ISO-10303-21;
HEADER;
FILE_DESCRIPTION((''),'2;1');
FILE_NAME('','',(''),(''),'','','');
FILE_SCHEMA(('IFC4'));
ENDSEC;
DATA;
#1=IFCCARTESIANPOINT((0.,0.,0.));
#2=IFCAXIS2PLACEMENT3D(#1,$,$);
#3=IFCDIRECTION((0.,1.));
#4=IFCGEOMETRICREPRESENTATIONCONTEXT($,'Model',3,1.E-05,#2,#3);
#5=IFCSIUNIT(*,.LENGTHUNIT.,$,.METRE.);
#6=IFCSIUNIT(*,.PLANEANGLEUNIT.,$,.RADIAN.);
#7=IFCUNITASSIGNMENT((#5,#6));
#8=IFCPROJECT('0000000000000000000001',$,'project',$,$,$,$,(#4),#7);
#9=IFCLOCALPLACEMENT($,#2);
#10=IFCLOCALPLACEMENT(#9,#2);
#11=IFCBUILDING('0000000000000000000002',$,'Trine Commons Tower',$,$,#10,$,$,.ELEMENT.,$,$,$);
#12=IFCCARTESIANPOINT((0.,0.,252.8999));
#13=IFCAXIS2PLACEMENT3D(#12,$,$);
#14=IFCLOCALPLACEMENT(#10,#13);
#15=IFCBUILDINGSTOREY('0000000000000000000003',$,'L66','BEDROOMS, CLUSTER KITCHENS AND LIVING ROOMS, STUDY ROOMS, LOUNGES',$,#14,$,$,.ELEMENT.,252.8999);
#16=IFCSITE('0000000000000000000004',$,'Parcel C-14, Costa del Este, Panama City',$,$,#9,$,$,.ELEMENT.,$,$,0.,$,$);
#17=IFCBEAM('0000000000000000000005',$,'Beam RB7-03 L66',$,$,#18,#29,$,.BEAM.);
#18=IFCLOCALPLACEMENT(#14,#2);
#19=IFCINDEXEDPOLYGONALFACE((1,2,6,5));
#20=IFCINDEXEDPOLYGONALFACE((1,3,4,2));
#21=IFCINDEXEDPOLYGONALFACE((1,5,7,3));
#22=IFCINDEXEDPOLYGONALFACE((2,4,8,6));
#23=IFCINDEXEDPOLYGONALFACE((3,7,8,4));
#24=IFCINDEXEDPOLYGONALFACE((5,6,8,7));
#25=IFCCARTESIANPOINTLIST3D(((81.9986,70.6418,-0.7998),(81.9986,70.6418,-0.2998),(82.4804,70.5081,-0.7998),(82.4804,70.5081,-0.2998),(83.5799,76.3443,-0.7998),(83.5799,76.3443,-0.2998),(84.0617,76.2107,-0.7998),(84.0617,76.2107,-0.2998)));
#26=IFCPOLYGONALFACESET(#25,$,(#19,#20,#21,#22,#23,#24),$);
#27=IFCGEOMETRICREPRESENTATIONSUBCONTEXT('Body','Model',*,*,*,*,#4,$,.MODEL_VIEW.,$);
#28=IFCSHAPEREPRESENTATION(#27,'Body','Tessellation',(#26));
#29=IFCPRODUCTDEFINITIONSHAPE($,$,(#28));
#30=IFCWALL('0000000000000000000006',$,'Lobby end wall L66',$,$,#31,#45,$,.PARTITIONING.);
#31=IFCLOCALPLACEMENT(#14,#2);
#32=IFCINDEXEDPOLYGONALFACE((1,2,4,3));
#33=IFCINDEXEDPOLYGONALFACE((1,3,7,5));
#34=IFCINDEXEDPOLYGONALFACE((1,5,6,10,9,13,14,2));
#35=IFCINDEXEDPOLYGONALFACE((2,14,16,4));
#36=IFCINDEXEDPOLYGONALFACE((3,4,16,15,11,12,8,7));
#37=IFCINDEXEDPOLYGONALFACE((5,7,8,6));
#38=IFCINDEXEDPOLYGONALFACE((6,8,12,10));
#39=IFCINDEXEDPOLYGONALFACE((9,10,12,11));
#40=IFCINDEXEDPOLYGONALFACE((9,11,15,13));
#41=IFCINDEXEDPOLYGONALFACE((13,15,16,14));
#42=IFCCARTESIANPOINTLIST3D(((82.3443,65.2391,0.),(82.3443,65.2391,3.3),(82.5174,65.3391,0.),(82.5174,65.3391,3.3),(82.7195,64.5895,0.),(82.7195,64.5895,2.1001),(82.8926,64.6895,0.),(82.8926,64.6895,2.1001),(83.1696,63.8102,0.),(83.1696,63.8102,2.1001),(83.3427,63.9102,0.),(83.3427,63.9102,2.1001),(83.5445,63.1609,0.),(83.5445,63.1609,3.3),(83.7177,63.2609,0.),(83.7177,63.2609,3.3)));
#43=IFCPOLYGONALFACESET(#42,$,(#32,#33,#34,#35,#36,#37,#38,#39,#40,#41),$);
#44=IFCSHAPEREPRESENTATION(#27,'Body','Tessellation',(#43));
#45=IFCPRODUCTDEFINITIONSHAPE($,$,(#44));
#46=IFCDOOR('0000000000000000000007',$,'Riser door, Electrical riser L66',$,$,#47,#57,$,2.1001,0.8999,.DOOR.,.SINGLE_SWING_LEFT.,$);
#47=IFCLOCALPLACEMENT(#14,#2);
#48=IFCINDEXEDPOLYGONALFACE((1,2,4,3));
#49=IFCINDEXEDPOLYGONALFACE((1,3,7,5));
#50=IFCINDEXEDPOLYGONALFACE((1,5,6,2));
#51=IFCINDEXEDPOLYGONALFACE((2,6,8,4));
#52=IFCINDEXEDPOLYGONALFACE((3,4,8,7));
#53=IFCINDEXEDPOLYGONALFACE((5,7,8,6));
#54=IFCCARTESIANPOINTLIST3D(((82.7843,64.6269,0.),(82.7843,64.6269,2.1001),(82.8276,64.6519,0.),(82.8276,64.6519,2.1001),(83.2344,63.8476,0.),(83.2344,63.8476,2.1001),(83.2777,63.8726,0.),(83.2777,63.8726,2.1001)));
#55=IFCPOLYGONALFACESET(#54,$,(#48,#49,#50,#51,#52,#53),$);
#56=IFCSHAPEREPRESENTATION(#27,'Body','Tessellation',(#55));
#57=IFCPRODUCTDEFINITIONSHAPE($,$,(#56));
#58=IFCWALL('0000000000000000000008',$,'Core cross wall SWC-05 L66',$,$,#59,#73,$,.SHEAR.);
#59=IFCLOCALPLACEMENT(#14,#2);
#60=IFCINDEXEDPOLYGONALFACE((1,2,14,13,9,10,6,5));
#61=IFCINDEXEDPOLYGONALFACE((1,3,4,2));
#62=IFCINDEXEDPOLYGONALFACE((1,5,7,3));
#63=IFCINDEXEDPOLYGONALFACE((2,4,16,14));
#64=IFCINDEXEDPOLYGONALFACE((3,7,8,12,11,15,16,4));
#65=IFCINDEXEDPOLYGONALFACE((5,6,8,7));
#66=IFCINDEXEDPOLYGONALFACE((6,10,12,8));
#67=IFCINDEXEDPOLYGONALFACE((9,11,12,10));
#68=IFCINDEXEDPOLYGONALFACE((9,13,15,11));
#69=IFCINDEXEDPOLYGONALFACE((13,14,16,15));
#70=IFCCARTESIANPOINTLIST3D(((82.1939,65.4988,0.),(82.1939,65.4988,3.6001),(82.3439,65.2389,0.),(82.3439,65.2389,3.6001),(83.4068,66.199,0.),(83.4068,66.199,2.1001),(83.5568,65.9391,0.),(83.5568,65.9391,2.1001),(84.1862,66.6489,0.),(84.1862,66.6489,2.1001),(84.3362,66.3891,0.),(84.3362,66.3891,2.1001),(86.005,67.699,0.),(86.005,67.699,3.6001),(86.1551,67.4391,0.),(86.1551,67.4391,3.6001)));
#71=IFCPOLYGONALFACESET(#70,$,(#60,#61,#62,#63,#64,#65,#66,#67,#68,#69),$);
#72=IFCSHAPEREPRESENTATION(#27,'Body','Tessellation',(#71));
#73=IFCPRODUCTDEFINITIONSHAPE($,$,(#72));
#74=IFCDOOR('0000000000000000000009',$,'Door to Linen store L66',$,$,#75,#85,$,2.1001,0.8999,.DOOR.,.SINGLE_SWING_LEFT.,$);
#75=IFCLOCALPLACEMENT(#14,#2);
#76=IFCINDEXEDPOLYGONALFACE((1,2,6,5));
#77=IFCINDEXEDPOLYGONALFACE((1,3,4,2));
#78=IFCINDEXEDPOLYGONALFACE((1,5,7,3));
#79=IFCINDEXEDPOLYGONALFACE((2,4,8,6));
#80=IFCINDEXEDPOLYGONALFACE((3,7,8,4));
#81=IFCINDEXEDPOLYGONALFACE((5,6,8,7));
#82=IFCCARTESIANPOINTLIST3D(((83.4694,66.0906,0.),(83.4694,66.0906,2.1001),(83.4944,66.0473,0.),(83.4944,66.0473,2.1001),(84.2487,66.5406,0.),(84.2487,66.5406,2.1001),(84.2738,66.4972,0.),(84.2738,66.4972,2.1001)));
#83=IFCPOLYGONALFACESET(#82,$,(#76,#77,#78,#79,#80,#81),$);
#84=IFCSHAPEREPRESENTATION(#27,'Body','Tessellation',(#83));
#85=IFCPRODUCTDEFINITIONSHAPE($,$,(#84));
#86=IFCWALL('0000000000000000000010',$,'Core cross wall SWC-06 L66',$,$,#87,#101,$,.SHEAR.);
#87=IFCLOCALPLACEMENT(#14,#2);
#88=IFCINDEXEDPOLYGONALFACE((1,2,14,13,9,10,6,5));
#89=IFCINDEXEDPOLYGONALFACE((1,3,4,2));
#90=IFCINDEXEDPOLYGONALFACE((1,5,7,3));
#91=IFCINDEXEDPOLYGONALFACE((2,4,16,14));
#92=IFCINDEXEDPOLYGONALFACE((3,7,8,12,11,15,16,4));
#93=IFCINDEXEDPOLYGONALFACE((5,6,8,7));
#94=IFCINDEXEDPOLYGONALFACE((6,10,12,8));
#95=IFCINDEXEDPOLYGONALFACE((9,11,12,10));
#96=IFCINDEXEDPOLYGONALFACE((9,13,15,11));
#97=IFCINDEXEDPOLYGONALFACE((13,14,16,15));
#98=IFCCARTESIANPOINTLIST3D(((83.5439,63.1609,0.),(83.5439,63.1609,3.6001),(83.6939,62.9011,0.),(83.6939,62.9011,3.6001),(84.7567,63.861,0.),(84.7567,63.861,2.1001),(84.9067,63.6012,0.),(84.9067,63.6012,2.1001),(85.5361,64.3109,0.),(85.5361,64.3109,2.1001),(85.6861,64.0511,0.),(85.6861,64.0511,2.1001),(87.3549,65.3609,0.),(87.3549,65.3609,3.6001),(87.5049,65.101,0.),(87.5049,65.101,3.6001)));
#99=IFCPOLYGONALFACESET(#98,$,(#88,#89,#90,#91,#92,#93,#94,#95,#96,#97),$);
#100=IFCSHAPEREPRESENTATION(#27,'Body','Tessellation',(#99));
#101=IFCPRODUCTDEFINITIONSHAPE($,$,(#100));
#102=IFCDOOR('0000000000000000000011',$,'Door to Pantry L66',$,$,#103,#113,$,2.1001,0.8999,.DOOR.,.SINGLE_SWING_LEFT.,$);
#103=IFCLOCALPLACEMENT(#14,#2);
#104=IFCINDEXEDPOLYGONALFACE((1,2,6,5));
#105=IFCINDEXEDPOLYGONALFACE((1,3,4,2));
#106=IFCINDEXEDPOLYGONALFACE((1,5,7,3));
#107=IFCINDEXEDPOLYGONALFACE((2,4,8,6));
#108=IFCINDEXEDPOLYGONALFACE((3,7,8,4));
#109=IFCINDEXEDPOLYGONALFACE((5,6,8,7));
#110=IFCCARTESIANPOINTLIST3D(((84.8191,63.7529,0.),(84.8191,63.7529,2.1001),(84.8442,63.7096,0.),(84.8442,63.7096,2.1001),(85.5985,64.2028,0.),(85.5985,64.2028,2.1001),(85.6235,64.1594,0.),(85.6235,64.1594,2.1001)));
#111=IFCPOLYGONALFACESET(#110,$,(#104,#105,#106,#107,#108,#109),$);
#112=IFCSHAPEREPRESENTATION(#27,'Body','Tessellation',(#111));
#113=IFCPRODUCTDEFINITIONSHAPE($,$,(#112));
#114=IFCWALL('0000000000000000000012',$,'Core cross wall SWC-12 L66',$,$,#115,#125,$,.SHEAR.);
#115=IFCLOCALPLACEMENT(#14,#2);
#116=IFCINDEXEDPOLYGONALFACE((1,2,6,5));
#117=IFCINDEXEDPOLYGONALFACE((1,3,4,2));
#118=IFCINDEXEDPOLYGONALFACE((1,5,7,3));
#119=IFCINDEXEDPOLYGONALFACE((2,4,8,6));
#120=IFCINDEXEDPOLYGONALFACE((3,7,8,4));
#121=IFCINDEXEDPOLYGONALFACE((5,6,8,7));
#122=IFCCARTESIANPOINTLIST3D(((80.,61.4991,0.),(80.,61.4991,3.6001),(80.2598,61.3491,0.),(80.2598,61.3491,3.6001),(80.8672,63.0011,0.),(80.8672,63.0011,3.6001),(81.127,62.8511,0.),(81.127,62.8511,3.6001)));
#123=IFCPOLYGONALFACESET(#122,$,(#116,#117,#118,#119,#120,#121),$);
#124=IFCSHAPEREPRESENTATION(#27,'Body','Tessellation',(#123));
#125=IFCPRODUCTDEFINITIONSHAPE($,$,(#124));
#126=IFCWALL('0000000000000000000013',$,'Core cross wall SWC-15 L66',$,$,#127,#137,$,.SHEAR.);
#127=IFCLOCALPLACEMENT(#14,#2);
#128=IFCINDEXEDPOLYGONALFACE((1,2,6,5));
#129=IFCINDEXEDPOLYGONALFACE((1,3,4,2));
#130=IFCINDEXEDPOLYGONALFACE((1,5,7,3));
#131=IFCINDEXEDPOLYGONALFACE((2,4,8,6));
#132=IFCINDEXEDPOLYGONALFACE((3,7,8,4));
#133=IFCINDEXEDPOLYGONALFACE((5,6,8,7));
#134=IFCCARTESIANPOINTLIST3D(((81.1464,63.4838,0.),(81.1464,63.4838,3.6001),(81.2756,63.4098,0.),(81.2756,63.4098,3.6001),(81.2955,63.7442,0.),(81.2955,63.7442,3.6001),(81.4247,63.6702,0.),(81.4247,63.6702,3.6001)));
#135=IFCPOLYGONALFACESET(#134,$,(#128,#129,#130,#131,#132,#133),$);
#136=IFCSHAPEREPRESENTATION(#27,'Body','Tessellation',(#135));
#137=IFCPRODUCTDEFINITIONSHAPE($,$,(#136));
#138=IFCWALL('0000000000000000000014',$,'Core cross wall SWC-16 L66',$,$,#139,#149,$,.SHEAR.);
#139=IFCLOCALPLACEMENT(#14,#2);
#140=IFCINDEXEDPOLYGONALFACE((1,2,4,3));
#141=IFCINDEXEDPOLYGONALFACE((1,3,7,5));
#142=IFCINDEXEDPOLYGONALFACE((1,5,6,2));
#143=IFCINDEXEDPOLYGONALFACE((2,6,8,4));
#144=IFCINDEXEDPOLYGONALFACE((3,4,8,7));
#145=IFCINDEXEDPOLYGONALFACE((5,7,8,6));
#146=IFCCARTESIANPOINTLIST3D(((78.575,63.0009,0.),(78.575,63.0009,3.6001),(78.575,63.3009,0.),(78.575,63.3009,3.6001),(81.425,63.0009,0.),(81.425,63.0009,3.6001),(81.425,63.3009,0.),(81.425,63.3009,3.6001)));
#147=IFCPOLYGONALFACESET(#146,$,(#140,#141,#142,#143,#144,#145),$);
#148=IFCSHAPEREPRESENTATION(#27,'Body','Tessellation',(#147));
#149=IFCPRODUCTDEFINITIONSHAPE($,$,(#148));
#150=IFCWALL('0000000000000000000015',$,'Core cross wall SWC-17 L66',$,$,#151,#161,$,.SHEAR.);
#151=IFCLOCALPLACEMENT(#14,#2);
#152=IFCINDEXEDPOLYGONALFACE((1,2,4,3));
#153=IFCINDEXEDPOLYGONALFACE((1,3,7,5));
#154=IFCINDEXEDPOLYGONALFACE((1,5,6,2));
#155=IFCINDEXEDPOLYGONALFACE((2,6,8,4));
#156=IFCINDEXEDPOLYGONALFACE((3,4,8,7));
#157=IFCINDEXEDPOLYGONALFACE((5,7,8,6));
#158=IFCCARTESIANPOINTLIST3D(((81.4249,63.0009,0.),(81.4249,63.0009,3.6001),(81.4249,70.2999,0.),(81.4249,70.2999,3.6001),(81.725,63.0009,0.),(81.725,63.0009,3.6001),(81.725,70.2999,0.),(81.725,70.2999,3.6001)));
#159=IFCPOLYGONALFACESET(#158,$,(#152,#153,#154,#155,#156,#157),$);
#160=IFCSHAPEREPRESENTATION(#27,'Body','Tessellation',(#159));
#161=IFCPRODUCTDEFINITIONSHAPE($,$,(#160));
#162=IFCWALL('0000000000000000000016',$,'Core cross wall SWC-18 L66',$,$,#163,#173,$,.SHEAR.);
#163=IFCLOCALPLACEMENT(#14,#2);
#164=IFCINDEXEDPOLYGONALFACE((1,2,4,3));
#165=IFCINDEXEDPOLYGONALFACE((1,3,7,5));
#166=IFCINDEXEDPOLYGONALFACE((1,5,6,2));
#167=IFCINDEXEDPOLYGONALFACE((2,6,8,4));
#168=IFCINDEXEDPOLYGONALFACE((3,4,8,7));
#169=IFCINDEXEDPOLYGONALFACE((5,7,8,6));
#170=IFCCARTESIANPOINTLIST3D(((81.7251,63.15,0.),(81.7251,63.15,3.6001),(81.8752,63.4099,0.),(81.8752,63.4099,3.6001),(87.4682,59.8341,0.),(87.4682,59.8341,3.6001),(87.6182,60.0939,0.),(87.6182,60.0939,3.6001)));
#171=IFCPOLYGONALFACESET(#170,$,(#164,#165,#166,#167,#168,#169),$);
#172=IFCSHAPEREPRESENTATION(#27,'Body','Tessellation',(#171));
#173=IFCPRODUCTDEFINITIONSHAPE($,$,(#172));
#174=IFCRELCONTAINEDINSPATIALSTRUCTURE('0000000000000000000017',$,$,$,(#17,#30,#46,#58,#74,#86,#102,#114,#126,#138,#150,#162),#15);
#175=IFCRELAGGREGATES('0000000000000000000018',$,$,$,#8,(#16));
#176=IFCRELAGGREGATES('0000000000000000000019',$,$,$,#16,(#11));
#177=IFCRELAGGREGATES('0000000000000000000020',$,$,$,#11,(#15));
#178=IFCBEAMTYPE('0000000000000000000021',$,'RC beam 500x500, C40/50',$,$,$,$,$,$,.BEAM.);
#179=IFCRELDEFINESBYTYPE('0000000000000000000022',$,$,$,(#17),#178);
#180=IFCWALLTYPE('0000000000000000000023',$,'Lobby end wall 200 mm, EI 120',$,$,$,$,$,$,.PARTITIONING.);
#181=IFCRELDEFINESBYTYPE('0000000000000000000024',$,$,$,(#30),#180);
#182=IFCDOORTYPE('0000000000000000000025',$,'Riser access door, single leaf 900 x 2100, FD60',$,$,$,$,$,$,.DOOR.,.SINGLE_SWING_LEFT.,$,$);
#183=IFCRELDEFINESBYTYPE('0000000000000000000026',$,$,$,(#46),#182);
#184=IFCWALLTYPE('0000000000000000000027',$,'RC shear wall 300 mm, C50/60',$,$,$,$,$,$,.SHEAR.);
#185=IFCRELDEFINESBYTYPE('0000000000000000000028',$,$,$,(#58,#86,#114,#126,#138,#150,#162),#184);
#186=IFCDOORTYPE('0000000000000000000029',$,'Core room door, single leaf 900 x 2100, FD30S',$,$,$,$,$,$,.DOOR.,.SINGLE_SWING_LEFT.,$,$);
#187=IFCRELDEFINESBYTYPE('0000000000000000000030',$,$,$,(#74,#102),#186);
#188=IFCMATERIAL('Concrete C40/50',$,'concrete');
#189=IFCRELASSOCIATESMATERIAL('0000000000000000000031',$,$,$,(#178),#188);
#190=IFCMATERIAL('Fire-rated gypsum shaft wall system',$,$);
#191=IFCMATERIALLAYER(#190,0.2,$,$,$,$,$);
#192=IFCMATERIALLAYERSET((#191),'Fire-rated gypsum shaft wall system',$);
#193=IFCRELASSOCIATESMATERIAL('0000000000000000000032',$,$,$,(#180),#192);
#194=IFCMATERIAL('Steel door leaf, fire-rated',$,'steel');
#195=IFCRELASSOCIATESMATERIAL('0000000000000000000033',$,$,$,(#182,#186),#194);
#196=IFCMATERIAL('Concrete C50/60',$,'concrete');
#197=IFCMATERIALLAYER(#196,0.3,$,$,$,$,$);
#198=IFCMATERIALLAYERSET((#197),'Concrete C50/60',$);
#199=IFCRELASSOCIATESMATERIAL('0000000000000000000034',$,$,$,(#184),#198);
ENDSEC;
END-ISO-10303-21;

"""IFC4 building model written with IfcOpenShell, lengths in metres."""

from ifc_helpers import new_model, si_unit, direction, frame, frame_2d, origin, origin_2d, place, context, subcontext, project, spatial, rectangle, extrude, material, layer, layer_set, material_profile, profile_set, type_object, element, fill, save


model = new_model("IFC4")

# Units and contexts
model_context = context("Model", 3, precision=1e-05, world=origin(), true_north=direction((0.0, 1.0)))
body_context = subcontext(model_context, "Body", "Model", "MODEL_VIEW")
ifc_project = project(units=[si_unit("LENGTHUNIT", "METRE"), si_unit("PLANEANGLEUNIT", "RADIAN")], contexts=[model_context])

# Site, building, storey
site_placement = place(None, origin())
site = spatial("IfcSite", under=ifc_project, at=site_placement, Name="Parcel C-14, Costa del Este, Panama City", CompositionType="ELEMENT", RefElevation=0.0)
building_placement = place(site_placement, origin())
building = spatial("IfcBuilding", under=site, at=building_placement, Name="Trine Commons Tower", CompositionType="ELEMENT")
storey_placement = place(building_placement, frame((0.0, 0.0, 252.8999)))
storey = spatial("IfcBuildingStorey", under=building, at=storey_placement, Name="L66", Description="BEDROOMS, CLUSTER KITCHENS AND LIVING ROOMS, STUDY ROOMS, LOUNGES", CompositionType="ELEMENT", Elevation=252.8999)

# Beam
ifc_material_1 = material(Name="Concrete C40/50", Category="concrete")
ifc_material_profile = material_profile(ifc_material_1, rectangle(XDim=0.5, YDim=0.5, at=origin_2d()), Name="RC 500x500")
ifc_profile_set = profile_set([ifc_material_profile], Name="Concrete C40/50")
beam_type = type_object("IfcBeamType", Name="RC beam 500x500, C40/50", PredefinedType="BEAM", material=ifc_profile_set)
beam_placement = place(storey_placement, frame((82.2395, 70.575, -0.5498), z_axis=(0.26721, 0.963638, 0.0), x_axis=(-0.963638, 0.26721, 0.0)))
element("IfcBeam", 1, at=beam_placement, inside=storey, type_object=beam_type, Name="Beam RB7-03 L66", PredefinedType="BEAM", context=body_context, shape_type="SweptSolid", body=[
    extrude(rectangle(XDim=0.5, YDim=0.5, at=origin_2d()), origin(), (0.0, 0.0, 1.0), 5.9177),
])

# Walls, openings, doors
ifc_material_2 = material(Name="Fire-rated gypsum shaft wall system")
ifc_layer_1 = layer(ifc_material_2, 0.2)
ifc_layer_set_1 = layer_set([ifc_layer_1], Name="Fire-rated gypsum shaft wall system")
wall_type_1 = type_object("IfcWallType", Name="Lobby end wall 200 mm, EI 120", PredefinedType="PARTITIONING", material=ifc_layer_set_1)
wall_1_placement = place(storey_placement, frame((83.6311, 63.2109, 0.0), z_axis=(0.0, 0.0, 1.0), x_axis=(-0.500122, 0.865955, 0.0)))
wall_1 = element("IfcWall", 2, at=wall_1_placement, inside=storey, type_object=wall_type_1, Name="Lobby end wall L66", PredefinedType="PARTITIONING", context=body_context, shape_type="SweptSolid", body=[
    extrude(rectangle(XDim=2.3999, YDim=0.2, at=frame_2d((1.2, 0.0))), origin(), (0.0, 0.0, 1.0), 3.3),
])
opening_1_placement = place(wall_1_placement, frame((0.7498, 0.0, 0.0)))
opening_1 = element("IfcOpeningElement", 3, at=opening_1_placement, cuts=wall_1, PredefinedType="OPENING", context=body_context, shape_type="SweptSolid", body=[
    extrude(rectangle(XDim=0.8999, YDim=2.1001, at=frame_2d((0.45, 1.05))), frame((0.0, 0.1099, 0.0), z_axis=(0.0, -1.0, 0.0), x_axis=(1.0, 0.0, 0.0)), (0.0, 0.0, 1.0), 0.22),
])
ifc_material_3 = material(Name="Steel door leaf, fire-rated", Category="steel")
door_type_1 = type_object("IfcDoorType", Name="Riser access door, single leaf 900 x 2100, FD60", OperationType="SINGLE_SWING_LEFT", PredefinedType="DOOR", material=ifc_material_3)
door_1_placement = place(opening_1_placement, frame((0.8999, 0.0, 0.0), z_axis=(0.0, 0.0, 1.0), x_axis=(-1.0, 0.0, 0.0)))
door_1 = element("IfcDoor", 4, at=door_1_placement, inside=storey, type_object=door_type_1, Name="Riser door, Electrical riser L66", OperationType="SINGLE_SWING_LEFT", OverallHeight=2.1001, OverallWidth=0.8999, PredefinedType="DOOR", context=body_context, shape_type="SweptSolid", body=[
    extrude(rectangle(XDim=0.8999, YDim=2.1001, at=frame_2d((0.45, 1.05))), frame((0.0, 0.0249, 0.0), z_axis=(0.0, -1.0, 0.0), x_axis=(1.0, 0.0, 0.0)), (0.0, 0.0, 1.0), 0.05),
])
fill(opening_1, door_1)
ifc_material_4 = material(Name="Concrete C50/60", Category="concrete")
ifc_layer_2 = layer(ifc_material_4, 0.3)
ifc_layer_set_2 = layer_set([ifc_layer_2], Name="Concrete C50/60")
wall_type_2 = type_object("IfcWallType", Name="RC shear wall 300 mm, C50/60", PredefinedType="SHEAR", material=ifc_layer_set_2)
wall_2_placement = place(storey_placement, frame((82.269, 65.3689, 0.0), z_axis=(0.0, 0.0, 1.0), x_axis=(0.866036, 0.499982, 0.0)))
wall_2 = element("IfcWall", 5, at=wall_2_placement, inside=storey, type_object=wall_type_2, Name="Core cross wall SWC-05 L66", PredefinedType="SHEAR", context=body_context, shape_type="SweptSolid", body=[
    extrude(rectangle(XDim=4.4006, YDim=0.3, at=frame_2d((2.2002, 0.0))), origin(), (0.0, 0.0, 1.0), 3.6001),
])
opening_2_placement = place(wall_2_placement, frame((1.4004, 0.0, 0.0)))
opening_2 = element("IfcOpeningElement", 6, at=opening_2_placement, cuts=wall_2, PredefinedType="OPENING", context=body_context, shape_type="SweptSolid", body=[
    extrude(rectangle(XDim=0.8999, YDim=2.1001, at=frame_2d((0.45, 1.05))), frame((0.0, 0.1599, 0.0), z_axis=(0.0, -1.0, 0.0), x_axis=(1.0, 0.0, 0.0)), (0.0, 0.0, 1.0), 0.3201),
])
door_type_2 = type_object("IfcDoorType", Name="Core room door, single leaf 900 x 2100, FD30S", OperationType="SINGLE_SWING_LEFT", PredefinedType="DOOR", material=ifc_material_3)
door_2_placement = place(opening_2_placement, origin())
door_2 = element("IfcDoor", 7, at=door_2_placement, inside=storey, type_object=door_type_2, Name="Door to Linen store L66", OperationType="SINGLE_SWING_LEFT", OverallHeight=2.1001, OverallWidth=0.8999, PredefinedType="DOOR", context=body_context, shape_type="SweptSolid", body=[
    extrude(rectangle(XDim=0.8999, YDim=2.1001, at=frame_2d((0.45, 1.05))), frame((0.0, 0.0249, 0.0), z_axis=(0.0, -1.0, 0.0), x_axis=(1.0, 0.0, 0.0)), (0.0, 0.0, 1.0), 0.05),
])
fill(opening_2, door_2)
wall_3_placement = place(storey_placement, frame((83.6189, 63.031, 0.0), z_axis=(0.0, 0.0, 1.0), x_axis=(0.86606, 0.49994, 0.0)))
wall_3 = element("IfcWall", 8, at=wall_3_placement, inside=storey, type_object=wall_type_2, Name="Core cross wall SWC-06 L66", PredefinedType="SHEAR", context=body_context, shape_type="SweptSolid", body=[
    extrude(rectangle(XDim=4.4004, YDim=0.3, at=frame_2d((2.2002, 0.0))), origin(), (0.0, 0.0, 1.0), 3.6001),
])
opening_3_placement = place(wall_3_placement, frame((1.4004, 0.0, 0.0)))
opening_3 = element("IfcOpeningElement", 9, at=opening_3_placement, cuts=wall_3, PredefinedType="OPENING", context=body_context, shape_type="SweptSolid", body=[
    extrude(rectangle(XDim=0.8999, YDim=2.1001, at=frame_2d((0.45, 1.05))), frame((0.0, 0.1599, 0.0), z_axis=(0.0, -1.0, 0.0), x_axis=(1.0, 0.0, 0.0)), (0.0, 0.0, 1.0), 0.3201),
])
door_3_placement = place(opening_3_placement, frame((0.8999, 0.0, 0.0), z_axis=(0.0, 0.0, 1.0), x_axis=(-1.0, 0.0, 0.0)))
door_3 = element("IfcDoor", 10, at=door_3_placement, inside=storey, type_object=door_type_2, Name="Door to Pantry L66", OperationType="SINGLE_SWING_LEFT", OverallHeight=2.1001, OverallWidth=0.8999, PredefinedType="DOOR", context=body_context, shape_type="SweptSolid", body=[
    extrude(rectangle(XDim=0.8999, YDim=2.1001, at=frame_2d((0.45, 1.05))), frame((0.0, 0.0249, 0.0), z_axis=(0.0, -1.0, 0.0), x_axis=(1.0, 0.0, 0.0)), (0.0, 0.0, 1.0), 0.05),
])
fill(opening_3, door_3)

# Walls
wall_4_placement = place(storey_placement, frame((80.1299, 61.4241, 0.0), z_axis=(0.0, 0.0, 1.0), x_axis=(0.500015, 0.866017, 0.0)))
element("IfcWall", 11, at=wall_4_placement, inside=storey, type_object=wall_type_2, Name="Core cross wall SWC-12 L66", PredefinedType="SHEAR", context=body_context, shape_type="SweptSolid", body=[
    extrude(rectangle(XDim=1.7344, YDim=0.3, at=frame_2d((0.8672, 0.0))), origin(), (0.0, 0.0, 1.0), 3.6001),
])
wall_5_placement = place(storey_placement, frame((81.2209, 63.614, 0.0), z_axis=(0.0, 0.0, 1.0), x_axis=(0.867738, -0.497022, 0.0)))
element("IfcWall", 12, at=wall_5_placement, inside=storey, type_object=wall_type_2, Name="Core cross wall SWC-15 L66", PredefinedType="SHEAR", context=body_context, shape_type="SweptSolid", body=[
    extrude(rectangle(XDim=0.1489, YDim=0.3, at=frame_2d((0.0745, 0.0))), origin(), (0.0, 0.0, 1.0), 3.6001),
])
wall_6_placement = place(storey_placement, frame((81.425, 63.1509, 0.0), z_axis=(0.0, 0.0, 1.0), x_axis=(-1.0, 0.0, 0.0)))
element("IfcWall", 13, at=wall_6_placement, inside=storey, type_object=wall_type_2, Name="Core cross wall SWC-16 L66", PredefinedType="SHEAR", context=body_context, shape_type="SweptSolid", body=[
    extrude(rectangle(XDim=2.8501, YDim=0.3, at=frame_2d((1.425, 0.0))), origin(), (0.0, 0.0, 1.0), 3.6001),
])
wall_7_placement = place(storey_placement, frame((81.575, 63.001, 0.0), z_axis=(0.0, 0.0, 1.0), x_axis=(0.0, 1.0, 0.0)))
element("IfcWall", 14, at=wall_7_placement, inside=storey, type_object=wall_type_2, Name="Core cross wall SWC-17 L66", PredefinedType="SHEAR", context=body_context, shape_type="SweptSolid", body=[
    extrude(rectangle(XDim=7.2991, YDim=0.3, at=frame_2d((3.6494, 0.0))), origin(), (0.0, 0.0, 1.0), 3.6001),
])
wall_8_placement = place(storey_placement, frame((81.8, 63.28, 0.0), z_axis=(0.0, 0.0, 1.0), x_axis=(0.86601, -0.500027, 0.0)))
element("IfcWall", 15, at=wall_8_placement, inside=storey, type_object=wall_type_2, Name="Core cross wall SWC-18 L66", PredefinedType="SHEAR", context=body_context, shape_type="SweptSolid", body=[
    extrude(rectangle(XDim=6.6316, YDim=0.3, at=frame_2d((3.3159, 0.0))), origin(), (0.0, 0.0, 1.0), 3.6001),
])

save(model, "model.ifc")
